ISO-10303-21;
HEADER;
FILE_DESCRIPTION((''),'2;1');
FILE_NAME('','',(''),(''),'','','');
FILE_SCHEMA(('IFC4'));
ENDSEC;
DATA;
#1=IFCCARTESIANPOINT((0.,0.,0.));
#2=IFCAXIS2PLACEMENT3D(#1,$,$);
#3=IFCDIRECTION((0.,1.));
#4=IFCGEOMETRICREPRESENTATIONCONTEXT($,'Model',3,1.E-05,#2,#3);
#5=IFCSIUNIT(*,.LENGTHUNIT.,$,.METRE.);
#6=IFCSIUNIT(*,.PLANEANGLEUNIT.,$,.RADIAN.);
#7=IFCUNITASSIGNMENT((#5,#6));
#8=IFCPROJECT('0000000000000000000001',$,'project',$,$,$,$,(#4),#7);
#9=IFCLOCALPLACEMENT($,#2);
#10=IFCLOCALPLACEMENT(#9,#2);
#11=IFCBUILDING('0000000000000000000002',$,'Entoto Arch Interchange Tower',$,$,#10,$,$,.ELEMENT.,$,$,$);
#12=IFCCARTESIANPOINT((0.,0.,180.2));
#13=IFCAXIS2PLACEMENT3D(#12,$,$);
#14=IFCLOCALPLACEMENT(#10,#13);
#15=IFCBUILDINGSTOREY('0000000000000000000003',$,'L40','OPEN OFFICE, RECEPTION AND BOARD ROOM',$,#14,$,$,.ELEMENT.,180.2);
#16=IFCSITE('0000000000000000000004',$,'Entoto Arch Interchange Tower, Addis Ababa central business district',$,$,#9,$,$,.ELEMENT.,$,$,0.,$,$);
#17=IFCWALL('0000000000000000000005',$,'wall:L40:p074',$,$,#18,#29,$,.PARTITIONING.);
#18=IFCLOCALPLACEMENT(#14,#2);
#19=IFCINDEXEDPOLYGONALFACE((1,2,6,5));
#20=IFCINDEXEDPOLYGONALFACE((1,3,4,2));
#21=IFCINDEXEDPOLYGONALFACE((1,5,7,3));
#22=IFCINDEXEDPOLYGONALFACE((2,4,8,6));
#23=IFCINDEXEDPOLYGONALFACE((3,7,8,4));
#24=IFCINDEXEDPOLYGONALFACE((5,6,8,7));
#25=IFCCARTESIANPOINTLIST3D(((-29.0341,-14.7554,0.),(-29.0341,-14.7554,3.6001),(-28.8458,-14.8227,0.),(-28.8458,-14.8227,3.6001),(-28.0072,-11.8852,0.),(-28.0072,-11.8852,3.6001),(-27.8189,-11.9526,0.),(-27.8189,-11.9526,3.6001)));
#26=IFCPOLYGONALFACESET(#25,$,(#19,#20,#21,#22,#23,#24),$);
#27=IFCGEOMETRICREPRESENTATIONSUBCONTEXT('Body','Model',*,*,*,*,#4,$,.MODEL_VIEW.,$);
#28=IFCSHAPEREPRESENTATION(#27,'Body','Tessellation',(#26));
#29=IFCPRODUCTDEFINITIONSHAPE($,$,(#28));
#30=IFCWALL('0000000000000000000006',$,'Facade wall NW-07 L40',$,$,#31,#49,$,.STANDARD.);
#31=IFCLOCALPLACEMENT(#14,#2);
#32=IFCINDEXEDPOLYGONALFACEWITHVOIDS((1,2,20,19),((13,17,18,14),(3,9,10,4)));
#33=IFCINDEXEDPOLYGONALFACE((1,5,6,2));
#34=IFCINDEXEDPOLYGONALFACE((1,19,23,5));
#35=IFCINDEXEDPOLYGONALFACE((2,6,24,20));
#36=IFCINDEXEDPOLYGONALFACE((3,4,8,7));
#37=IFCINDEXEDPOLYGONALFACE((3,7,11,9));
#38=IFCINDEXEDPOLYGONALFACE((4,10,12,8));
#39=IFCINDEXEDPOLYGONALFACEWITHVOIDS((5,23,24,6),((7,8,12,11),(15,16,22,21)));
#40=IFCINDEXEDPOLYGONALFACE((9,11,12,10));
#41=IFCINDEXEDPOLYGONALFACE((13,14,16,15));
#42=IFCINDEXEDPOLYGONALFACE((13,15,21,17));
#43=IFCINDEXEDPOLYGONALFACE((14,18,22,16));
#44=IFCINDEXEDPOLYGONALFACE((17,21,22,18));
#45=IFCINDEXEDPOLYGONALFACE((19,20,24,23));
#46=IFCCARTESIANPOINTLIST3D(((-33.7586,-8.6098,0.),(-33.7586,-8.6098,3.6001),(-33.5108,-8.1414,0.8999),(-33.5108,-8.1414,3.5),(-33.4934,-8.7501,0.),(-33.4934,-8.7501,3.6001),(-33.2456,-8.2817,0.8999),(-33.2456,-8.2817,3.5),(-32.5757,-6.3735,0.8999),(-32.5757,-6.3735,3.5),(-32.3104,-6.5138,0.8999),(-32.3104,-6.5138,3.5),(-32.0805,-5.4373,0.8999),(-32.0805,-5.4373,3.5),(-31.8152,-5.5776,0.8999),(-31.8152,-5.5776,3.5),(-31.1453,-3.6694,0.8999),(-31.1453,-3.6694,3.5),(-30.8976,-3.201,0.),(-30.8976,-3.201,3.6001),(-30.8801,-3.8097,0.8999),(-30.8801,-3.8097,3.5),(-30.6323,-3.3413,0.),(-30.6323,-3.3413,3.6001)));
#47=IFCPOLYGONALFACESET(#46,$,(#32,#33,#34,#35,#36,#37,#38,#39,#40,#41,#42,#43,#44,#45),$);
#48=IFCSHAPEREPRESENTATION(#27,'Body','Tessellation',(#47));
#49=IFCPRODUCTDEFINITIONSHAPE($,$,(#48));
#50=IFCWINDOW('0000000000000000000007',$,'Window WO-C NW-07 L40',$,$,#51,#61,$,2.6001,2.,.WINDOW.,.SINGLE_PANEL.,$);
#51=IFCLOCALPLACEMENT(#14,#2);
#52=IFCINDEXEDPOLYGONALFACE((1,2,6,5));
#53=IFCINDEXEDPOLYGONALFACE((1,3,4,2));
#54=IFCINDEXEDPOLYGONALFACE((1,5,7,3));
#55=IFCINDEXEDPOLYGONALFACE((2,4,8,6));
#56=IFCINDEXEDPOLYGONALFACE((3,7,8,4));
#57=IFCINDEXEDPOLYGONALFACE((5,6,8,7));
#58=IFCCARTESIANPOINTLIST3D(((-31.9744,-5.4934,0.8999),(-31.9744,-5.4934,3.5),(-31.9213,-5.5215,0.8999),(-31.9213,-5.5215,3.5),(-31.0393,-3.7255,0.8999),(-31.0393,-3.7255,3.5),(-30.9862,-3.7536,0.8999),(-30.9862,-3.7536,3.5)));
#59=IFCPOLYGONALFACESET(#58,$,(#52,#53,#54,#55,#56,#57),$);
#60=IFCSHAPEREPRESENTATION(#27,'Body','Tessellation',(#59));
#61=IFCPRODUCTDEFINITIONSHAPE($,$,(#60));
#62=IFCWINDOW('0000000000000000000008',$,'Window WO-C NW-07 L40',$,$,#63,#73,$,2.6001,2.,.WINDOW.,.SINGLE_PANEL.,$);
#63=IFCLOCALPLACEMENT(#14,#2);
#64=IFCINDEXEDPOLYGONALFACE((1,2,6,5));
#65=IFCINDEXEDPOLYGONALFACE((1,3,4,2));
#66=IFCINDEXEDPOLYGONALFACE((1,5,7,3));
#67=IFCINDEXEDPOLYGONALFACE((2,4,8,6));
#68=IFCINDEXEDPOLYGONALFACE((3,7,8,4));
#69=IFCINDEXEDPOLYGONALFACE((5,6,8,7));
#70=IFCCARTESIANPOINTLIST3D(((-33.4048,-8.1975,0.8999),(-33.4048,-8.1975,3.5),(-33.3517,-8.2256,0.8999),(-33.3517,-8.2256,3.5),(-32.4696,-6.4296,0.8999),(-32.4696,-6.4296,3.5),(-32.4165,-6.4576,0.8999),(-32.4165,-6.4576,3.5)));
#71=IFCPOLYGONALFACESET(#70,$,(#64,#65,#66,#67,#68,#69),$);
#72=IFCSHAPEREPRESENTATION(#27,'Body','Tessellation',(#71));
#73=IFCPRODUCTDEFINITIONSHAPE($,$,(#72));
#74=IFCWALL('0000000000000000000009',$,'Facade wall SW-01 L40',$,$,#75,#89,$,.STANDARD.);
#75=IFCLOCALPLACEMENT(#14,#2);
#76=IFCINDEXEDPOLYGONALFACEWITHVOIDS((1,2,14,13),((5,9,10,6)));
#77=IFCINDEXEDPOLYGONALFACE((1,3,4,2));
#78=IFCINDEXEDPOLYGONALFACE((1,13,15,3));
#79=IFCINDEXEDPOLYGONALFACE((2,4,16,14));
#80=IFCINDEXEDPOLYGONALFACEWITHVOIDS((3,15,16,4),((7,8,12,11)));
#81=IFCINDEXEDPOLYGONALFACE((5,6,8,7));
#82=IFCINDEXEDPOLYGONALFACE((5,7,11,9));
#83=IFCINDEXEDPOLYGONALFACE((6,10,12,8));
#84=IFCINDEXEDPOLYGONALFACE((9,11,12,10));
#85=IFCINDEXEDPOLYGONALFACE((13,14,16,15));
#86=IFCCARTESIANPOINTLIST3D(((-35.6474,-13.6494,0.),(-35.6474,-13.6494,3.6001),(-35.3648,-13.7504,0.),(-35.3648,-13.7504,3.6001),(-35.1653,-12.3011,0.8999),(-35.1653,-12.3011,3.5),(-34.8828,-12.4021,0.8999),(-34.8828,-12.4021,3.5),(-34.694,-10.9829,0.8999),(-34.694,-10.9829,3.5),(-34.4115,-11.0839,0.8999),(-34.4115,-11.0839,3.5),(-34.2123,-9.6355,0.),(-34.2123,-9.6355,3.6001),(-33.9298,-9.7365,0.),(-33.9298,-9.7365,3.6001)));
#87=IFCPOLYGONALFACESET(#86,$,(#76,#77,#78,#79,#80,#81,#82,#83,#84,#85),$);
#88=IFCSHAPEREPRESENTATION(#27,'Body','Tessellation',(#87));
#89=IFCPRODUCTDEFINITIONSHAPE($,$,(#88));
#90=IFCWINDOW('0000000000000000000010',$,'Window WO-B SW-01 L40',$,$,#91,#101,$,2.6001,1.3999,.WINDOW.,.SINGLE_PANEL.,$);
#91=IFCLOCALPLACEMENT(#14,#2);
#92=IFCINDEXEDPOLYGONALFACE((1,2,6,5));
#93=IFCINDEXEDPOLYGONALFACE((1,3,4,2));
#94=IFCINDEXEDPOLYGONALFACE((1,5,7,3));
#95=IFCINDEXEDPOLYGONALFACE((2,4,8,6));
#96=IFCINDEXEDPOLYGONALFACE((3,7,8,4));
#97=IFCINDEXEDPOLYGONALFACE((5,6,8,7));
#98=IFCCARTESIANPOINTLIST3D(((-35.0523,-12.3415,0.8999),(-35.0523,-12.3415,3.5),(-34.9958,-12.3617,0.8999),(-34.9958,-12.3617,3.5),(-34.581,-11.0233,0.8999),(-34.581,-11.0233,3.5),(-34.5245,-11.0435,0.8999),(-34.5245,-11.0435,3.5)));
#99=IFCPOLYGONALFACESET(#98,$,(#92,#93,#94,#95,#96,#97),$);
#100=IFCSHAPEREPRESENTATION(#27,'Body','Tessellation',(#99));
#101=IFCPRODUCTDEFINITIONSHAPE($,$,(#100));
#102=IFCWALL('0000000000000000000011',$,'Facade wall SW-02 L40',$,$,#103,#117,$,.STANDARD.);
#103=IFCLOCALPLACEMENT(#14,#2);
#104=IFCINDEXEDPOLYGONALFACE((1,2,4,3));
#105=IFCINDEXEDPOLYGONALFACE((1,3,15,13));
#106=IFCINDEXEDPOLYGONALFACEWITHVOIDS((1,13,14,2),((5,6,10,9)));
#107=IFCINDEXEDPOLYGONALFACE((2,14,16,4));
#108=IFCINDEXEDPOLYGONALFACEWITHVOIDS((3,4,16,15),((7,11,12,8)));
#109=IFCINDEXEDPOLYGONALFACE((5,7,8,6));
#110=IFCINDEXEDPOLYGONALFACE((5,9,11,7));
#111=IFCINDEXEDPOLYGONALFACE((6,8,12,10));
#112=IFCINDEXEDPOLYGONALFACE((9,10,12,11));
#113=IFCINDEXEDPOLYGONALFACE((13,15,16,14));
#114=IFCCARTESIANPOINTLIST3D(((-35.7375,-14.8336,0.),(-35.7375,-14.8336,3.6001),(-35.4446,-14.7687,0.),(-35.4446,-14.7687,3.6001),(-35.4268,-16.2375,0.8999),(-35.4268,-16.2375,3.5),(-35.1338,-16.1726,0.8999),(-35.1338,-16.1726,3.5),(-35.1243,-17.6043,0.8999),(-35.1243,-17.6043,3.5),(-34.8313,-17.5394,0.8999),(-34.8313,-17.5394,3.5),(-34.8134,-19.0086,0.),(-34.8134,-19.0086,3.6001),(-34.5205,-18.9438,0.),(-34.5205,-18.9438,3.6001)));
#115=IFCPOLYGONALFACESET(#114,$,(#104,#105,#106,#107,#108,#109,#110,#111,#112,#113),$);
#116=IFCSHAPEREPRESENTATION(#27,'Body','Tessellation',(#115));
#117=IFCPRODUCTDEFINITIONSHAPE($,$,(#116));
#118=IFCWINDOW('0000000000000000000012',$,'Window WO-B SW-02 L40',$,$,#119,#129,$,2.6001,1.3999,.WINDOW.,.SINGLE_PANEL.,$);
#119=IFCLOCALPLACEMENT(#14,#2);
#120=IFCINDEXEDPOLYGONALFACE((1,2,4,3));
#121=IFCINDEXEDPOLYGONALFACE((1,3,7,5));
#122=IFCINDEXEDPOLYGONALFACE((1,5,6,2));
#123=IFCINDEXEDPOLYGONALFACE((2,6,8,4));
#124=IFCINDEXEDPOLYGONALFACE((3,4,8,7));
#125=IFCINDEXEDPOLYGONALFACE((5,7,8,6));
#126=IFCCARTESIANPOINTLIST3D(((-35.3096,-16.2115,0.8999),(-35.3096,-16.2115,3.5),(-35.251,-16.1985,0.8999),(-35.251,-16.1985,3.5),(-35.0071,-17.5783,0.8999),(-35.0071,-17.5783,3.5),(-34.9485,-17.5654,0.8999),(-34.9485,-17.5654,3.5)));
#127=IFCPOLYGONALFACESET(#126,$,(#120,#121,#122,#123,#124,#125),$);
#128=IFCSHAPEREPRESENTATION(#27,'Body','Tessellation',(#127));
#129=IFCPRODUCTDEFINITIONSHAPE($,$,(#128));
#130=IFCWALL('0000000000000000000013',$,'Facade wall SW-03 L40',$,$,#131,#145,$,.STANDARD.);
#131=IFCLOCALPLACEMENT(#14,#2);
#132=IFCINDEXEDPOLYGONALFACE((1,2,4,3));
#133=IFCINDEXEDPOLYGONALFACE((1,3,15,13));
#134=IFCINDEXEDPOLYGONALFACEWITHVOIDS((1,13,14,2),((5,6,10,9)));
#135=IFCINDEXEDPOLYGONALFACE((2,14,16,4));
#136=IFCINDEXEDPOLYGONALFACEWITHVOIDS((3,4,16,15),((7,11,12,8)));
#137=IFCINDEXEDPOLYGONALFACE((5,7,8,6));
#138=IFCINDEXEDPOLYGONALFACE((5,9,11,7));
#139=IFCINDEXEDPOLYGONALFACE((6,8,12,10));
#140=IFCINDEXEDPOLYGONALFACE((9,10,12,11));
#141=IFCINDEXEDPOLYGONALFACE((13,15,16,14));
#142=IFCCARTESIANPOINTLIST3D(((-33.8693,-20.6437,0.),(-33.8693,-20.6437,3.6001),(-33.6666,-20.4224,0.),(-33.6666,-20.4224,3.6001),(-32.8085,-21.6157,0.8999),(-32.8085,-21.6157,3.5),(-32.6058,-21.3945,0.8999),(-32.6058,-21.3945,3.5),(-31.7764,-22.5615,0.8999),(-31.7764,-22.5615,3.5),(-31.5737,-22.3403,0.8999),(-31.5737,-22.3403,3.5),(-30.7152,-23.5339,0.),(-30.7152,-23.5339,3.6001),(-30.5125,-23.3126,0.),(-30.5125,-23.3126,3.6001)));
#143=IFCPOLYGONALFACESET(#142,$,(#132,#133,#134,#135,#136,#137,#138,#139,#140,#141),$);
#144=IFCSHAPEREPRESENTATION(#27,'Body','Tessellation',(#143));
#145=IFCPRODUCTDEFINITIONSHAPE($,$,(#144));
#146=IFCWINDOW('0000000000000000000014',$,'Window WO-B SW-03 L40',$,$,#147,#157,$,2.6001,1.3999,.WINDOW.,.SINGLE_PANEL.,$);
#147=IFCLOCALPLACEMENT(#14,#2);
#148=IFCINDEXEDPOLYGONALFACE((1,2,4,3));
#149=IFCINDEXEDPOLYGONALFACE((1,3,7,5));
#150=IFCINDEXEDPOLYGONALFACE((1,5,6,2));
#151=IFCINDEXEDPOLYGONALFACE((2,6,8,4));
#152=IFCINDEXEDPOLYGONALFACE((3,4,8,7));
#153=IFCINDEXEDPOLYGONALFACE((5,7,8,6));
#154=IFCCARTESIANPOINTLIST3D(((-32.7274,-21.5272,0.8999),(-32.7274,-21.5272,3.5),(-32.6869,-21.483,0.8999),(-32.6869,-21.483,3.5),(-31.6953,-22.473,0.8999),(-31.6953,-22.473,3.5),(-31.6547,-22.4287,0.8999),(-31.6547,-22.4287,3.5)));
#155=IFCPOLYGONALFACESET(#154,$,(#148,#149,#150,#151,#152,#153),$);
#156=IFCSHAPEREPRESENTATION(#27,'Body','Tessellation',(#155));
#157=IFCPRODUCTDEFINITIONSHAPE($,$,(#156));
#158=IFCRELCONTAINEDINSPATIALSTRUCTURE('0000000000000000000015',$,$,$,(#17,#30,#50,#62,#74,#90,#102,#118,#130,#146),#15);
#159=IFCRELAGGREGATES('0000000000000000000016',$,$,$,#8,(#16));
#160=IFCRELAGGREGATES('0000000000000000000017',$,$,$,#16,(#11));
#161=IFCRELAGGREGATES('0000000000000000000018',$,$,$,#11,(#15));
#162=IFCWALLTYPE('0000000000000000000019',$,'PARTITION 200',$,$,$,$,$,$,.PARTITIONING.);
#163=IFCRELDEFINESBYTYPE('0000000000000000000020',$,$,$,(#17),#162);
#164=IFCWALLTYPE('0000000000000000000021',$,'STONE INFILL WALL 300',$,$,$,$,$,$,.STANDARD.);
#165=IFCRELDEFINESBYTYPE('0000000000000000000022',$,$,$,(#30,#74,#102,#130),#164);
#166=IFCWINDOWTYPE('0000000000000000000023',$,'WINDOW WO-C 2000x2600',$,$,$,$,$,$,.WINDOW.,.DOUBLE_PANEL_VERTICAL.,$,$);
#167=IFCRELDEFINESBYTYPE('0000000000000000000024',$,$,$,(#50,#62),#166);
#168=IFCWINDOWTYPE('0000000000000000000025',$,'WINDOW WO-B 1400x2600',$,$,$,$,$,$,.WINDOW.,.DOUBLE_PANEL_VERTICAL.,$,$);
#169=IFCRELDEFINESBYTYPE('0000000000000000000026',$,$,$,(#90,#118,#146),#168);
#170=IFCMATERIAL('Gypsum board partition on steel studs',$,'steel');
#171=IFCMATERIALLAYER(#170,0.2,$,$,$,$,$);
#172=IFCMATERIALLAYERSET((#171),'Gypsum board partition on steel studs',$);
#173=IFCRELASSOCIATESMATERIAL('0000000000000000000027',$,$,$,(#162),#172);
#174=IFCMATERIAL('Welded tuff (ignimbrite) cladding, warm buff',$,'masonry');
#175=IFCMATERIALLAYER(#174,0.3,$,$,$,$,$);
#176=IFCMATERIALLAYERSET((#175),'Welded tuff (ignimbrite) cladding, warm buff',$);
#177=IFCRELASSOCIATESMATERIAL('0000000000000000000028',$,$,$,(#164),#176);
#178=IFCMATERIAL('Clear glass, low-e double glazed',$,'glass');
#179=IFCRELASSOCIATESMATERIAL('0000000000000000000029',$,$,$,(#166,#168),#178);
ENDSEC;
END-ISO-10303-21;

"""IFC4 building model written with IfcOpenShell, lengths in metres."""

from ifc_helpers import new_model, si_unit, direction, frame, frame_2d, origin, place, context, subcontext, project, spatial, rectangle, extrude, material, layer, layer_set, type_object, element, fill, save


model = new_model("IFC4")

# Units and contexts
model_context = context("Model", 3, precision=1e-05, world=origin(), true_north=direction((0.0, 1.0)))
body_context = subcontext(model_context, "Body", "Model", "MODEL_VIEW")
ifc_project = project(units=[si_unit("LENGTHUNIT", "METRE"), si_unit("PLANEANGLEUNIT", "RADIAN")], contexts=[model_context])

# Site, building, storey
site_placement = place(None, origin())
site = spatial("IfcSite", under=ifc_project, at=site_placement, Name="Entoto Arch Interchange Tower, Addis Ababa central business district", CompositionType="ELEMENT", RefElevation=0.0)
building_placement = place(site_placement, origin())
building = spatial("IfcBuilding", under=site, at=building_placement, Name="Entoto Arch Interchange Tower", CompositionType="ELEMENT")
storey_placement = place(building_placement, frame((0.0, 0.0, 180.2)))
storey = spatial("IfcBuildingStorey", under=building, at=storey_placement, Name="L40", Description="OPEN OFFICE, RECEPTION AND BOARD ROOM", CompositionType="ELEMENT", Elevation=180.2)

# Shared definitions
ifc_material_1 = material(Name="Gypsum board partition on steel studs", Category="steel")
ifc_layer_1 = layer(ifc_material_1, 0.2)
ifc_layer_set_1 = layer_set([ifc_layer_1], Name="Gypsum board partition on steel studs")
wall_type_1 = type_object("IfcWallType", Name="PARTITION 200", PredefinedType="PARTITIONING", material=ifc_layer_set_1)

# Wall
wall_1_placement = place(storey_placement, frame((-28.9399, -14.7891, 0.0), z_axis=(0.0, 0.0, 1.0), x_axis=(0.336864, 0.941553, 0.0)))
element("IfcWall", 1, at=wall_1_placement, inside=storey, type_object=wall_type_1, Name="wall:L40:p074", PredefinedType="PARTITIONING", context=body_context, shape_type="SweptSolid", body=[
    extrude(rectangle(XDim=3.0483, YDim=0.2, at=frame_2d((1.5242, 0.0))), origin(), (0.0, 0.0, 1.0), 3.6001),
])

# Wall, openings, windows
ifc_material_2 = material(Name="Welded tuff (ignimbrite) cladding, warm buff", Category="masonry")
ifc_layer_2 = layer(ifc_material_2, 0.3)
ifc_layer_set_2 = layer_set([ifc_layer_2], Name="Welded tuff (ignimbrite) cladding, warm buff")
wall_type_2 = type_object("IfcWallType", Name="STONE INFILL WALL 300", PredefinedType="STANDARD", material=ifc_layer_set_2)
wall_2_placement = place(storey_placement, frame((-30.7649, -3.271, 0.0), z_axis=(0.0, 0.0, 1.0), x_axis=(-0.467572, -0.883955, 0.0)))
wall_2 = element("IfcWall", 2, at=wall_2_placement, inside=storey, type_object=wall_type_2, Name="Facade wall NW-07 L40", PredefinedType="STANDARD", context=body_context, shape_type="SweptSolid", body=[
    extrude(rectangle(XDim=6.1189, YDim=0.3, at=frame_2d((3.0596, 0.0))), origin(), (0.0, 0.0, 1.0), 3.6001),
])
opening_1_placement = place(wall_2_placement, frame((0.53, 0.0, 0.8999)))
opening_1 = element("IfcOpeningElement", 3, at=opening_1_placement, cuts=wall_2, PredefinedType="OPENING", context=body_context, shape_type="SweptSolid", body=[
    extrude(rectangle(XDim=2.0, YDim=2.6001, at=frame_2d((1.0, 1.3))), frame((0.0, 0.1602, 0.0), z_axis=(0.0, -1.0, 0.0), x_axis=(1.0, 0.0, 0.0)), (0.0, 0.0, 1.0), 0.3201),
])
opening_2_placement = place(wall_2_placement, frame((3.5891, 0.0, 0.8999)))
opening_2 = element("IfcOpeningElement", 4, at=opening_2_placement, cuts=wall_2, PredefinedType="OPENING", context=body_context, shape_type="SweptSolid", body=[
    extrude(rectangle(XDim=2.0, YDim=2.6001, at=frame_2d((1.0, 1.3))), frame((0.0, 0.1602, 0.0), z_axis=(0.0, -1.0, 0.0), x_axis=(1.0, 0.0, 0.0)), (0.0, 0.0, 1.0), 0.3201),
])
ifc_material_3 = material(Name="Clear glass, low-e double glazed", Category="glass")
window_type_1 = type_object("IfcWindowType", Name="WINDOW WO-C 2000x2600", PartitioningType="DOUBLE_PANEL_VERTICAL", PredefinedType="WINDOW", material=ifc_material_3)
window_1_placement = place(opening_1_placement, origin())
window_1 = element("IfcWindow", 5, at=window_1_placement, inside=storey, type_object=window_type_1, Name="Window WO-C NW-07 L40", OverallHeight=2.6001, OverallWidth=2.0, PartitioningType="SINGLE_PANEL", PredefinedType="WINDOW", context=body_context, shape_type="SweptSolid", body=[
    extrude(rectangle(XDim=2.0, YDim=2.6001, at=frame_2d((1.0, 1.3))), frame((0.0, 0.03, 0.0), z_axis=(0.0, -1.0, 0.0), x_axis=(1.0, 0.0, 0.0)), (0.0, 0.0, 1.0), 0.0601),
])
fill(opening_1, window_1)
window_2_placement = place(opening_2_placement, origin())
window_2 = element("IfcWindow", 6, at=window_2_placement, inside=storey, type_object=window_type_1, Name="Window WO-C NW-07 L40", OverallHeight=2.6001, OverallWidth=2.0, PartitioningType="SINGLE_PANEL", PredefinedType="WINDOW", context=body_context, shape_type="SweptSolid", body=[
    extrude(rectangle(XDim=2.0, YDim=2.6001, at=frame_2d((1.0, 1.3))), frame((0.0, 0.03, 0.0), z_axis=(0.0, -1.0, 0.0), x_axis=(1.0, 0.0, 0.0)), (0.0, 0.0, 1.0), 0.0601),
])
fill(opening_2, window_2)

# Walls, openings, windows
wall_3_placement = place(storey_placement, frame((-34.071, -9.686, 0.0), z_axis=(0.0, 0.0, 1.0), x_axis=(-0.336652, -0.941629, 0.0)))
wall_3 = element("IfcWall", 7, at=wall_3_placement, inside=storey, type_object=wall_type_2, Name="Facade wall SW-01 L40", PredefinedType="STANDARD", context=body_context, shape_type="SweptSolid", body=[
    extrude(rectangle(XDim=4.2627, YDim=0.3, at=frame_2d((2.1313, 0.0))), origin(), (0.0, 0.0, 1.0), 3.6001),
])
opening_3_placement = place(wall_3_placement, frame((1.4309, 0.0, 0.8999)))
opening_3 = element("IfcOpeningElement", 8, at=opening_3_placement, cuts=wall_3, PredefinedType="OPENING", context=body_context, shape_type="SweptSolid", body=[
    extrude(rectangle(XDim=1.3999, YDim=2.6001, at=frame_2d((0.7, 1.3))), frame((0.0, 0.1602, 0.0), z_axis=(0.0, -1.0, 0.0), x_axis=(1.0, 0.0, 0.0)), (0.0, 0.0, 1.0), 0.3201),
])
window_type_2 = type_object("IfcWindowType", Name="WINDOW WO-B 1400x2600", PartitioningType="DOUBLE_PANEL_VERTICAL", PredefinedType="WINDOW", material=ifc_material_3)
window_3_placement = place(opening_3_placement, origin())
window_3 = element("IfcWindow", 9, at=window_3_placement, inside=storey, type_object=window_type_2, Name="Window WO-B SW-01 L40", OverallHeight=2.6001, OverallWidth=1.3999, PartitioningType="SINGLE_PANEL", PredefinedType="WINDOW", context=body_context, shape_type="SweptSolid", body=[
    extrude(rectangle(XDim=1.3999, YDim=2.6001, at=frame_2d((0.7, 1.3))), frame((0.0, 0.03, 0.0), z_axis=(0.0, -1.0, 0.0), x_axis=(1.0, 0.0, 0.0)), (0.0, 0.0, 1.0), 0.0601),
])
fill(opening_3, window_3)
wall_4_placement = place(storey_placement, frame((-35.5911, -14.801, 0.0), z_axis=(0.0, 0.0, 1.0), x_axis=(0.216102, -0.976371, 0.0)))
wall_4 = element("IfcWall", 10, at=wall_4_placement, inside=storey, type_object=wall_type_2, Name="Facade wall SW-02 L40", PredefinedType="STANDARD", context=body_context, shape_type="SweptSolid", body=[
    extrude(rectangle(XDim=4.2761, YDim=0.3, at=frame_2d((2.1382, 0.0))), origin(), (0.0, 0.0, 1.0), 3.6001),
])
opening_4_placement = place(wall_4_placement, frame((1.438, 0.0, 0.8999)))
opening_4 = element("IfcOpeningElement", 11, at=opening_4_placement, cuts=wall_4, PredefinedType="OPENING", context=body_context, shape_type="SweptSolid", body=[
    extrude(rectangle(XDim=1.3999, YDim=2.6001, at=frame_2d((0.7, 1.3))), frame((0.0, 0.1602, 0.0), z_axis=(0.0, -1.0, 0.0), x_axis=(1.0, 0.0, 0.0)), (0.0, 0.0, 1.0), 0.3201),
])
window_4_placement = place(opening_4_placement, origin())
window_4 = element("IfcWindow", 12, at=window_4_placement, inside=storey, type_object=window_type_2, Name="Window WO-B SW-02 L40", OverallHeight=2.6001, OverallWidth=1.3999, PartitioningType="SINGLE_PANEL", PredefinedType="WINDOW", context=body_context, shape_type="SweptSolid", body=[
    extrude(rectangle(XDim=1.3999, YDim=2.6001, at=frame_2d((0.7, 1.3))), frame((0.0, 0.03, 0.0), z_axis=(0.0, -1.0, 0.0), x_axis=(1.0, 0.0, 0.0)), (0.0, 0.0, 1.0), 0.0601),
])
fill(opening_4, window_4)
wall_5_placement = place(storey_placement, frame((-33.7681, -20.533, 0.0), z_axis=(0.0, 0.0, 1.0), x_axis=(0.73728, -0.675588, 0.0)))
wall_5 = element("IfcWall", 13, at=wall_5_placement, inside=storey, type_object=wall_type_2, Name="Facade wall SW-03 L40", PredefinedType="STANDARD", context=body_context, shape_type="SweptSolid", body=[
    extrude(rectangle(XDim=4.2781, YDim=0.3, at=frame_2d((2.1392, 0.0))), origin(), (0.0, 0.0, 1.0), 3.6001),
])
opening_5_placement = place(wall_5_placement, frame((1.439, 0.0, 0.8999)))
opening_5 = element("IfcOpeningElement", 14, at=opening_5_placement, cuts=wall_5, PredefinedType="OPENING", context=body_context, shape_type="SweptSolid", body=[
    extrude(rectangle(XDim=1.3999, YDim=2.6001, at=frame_2d((0.7, 1.3))), frame((0.0, 0.1602, 0.0), z_axis=(0.0, -1.0, 0.0), x_axis=(1.0, 0.0, 0.0)), (0.0, 0.0, 1.0), 0.3201),
])
window_5_placement = place(opening_5_placement, origin())
window_5 = element("IfcWindow", 15, at=window_5_placement, inside=storey, type_object=window_type_2, Name="Window WO-B SW-03 L40", OverallHeight=2.6001, OverallWidth=1.3999, PartitioningType="SINGLE_PANEL", PredefinedType="WINDOW", context=body_context, shape_type="SweptSolid", body=[
    extrude(rectangle(XDim=1.3999, YDim=2.6001, at=frame_2d((0.7, 1.3))), frame((0.0, 0.03, 0.0), z_axis=(0.0, -1.0, 0.0), x_axis=(1.0, 0.0, 0.0)), (0.0, 0.0, 1.0), 0.0601),
])
fill(opening_5, window_5)

save(model, "model.ifc")
